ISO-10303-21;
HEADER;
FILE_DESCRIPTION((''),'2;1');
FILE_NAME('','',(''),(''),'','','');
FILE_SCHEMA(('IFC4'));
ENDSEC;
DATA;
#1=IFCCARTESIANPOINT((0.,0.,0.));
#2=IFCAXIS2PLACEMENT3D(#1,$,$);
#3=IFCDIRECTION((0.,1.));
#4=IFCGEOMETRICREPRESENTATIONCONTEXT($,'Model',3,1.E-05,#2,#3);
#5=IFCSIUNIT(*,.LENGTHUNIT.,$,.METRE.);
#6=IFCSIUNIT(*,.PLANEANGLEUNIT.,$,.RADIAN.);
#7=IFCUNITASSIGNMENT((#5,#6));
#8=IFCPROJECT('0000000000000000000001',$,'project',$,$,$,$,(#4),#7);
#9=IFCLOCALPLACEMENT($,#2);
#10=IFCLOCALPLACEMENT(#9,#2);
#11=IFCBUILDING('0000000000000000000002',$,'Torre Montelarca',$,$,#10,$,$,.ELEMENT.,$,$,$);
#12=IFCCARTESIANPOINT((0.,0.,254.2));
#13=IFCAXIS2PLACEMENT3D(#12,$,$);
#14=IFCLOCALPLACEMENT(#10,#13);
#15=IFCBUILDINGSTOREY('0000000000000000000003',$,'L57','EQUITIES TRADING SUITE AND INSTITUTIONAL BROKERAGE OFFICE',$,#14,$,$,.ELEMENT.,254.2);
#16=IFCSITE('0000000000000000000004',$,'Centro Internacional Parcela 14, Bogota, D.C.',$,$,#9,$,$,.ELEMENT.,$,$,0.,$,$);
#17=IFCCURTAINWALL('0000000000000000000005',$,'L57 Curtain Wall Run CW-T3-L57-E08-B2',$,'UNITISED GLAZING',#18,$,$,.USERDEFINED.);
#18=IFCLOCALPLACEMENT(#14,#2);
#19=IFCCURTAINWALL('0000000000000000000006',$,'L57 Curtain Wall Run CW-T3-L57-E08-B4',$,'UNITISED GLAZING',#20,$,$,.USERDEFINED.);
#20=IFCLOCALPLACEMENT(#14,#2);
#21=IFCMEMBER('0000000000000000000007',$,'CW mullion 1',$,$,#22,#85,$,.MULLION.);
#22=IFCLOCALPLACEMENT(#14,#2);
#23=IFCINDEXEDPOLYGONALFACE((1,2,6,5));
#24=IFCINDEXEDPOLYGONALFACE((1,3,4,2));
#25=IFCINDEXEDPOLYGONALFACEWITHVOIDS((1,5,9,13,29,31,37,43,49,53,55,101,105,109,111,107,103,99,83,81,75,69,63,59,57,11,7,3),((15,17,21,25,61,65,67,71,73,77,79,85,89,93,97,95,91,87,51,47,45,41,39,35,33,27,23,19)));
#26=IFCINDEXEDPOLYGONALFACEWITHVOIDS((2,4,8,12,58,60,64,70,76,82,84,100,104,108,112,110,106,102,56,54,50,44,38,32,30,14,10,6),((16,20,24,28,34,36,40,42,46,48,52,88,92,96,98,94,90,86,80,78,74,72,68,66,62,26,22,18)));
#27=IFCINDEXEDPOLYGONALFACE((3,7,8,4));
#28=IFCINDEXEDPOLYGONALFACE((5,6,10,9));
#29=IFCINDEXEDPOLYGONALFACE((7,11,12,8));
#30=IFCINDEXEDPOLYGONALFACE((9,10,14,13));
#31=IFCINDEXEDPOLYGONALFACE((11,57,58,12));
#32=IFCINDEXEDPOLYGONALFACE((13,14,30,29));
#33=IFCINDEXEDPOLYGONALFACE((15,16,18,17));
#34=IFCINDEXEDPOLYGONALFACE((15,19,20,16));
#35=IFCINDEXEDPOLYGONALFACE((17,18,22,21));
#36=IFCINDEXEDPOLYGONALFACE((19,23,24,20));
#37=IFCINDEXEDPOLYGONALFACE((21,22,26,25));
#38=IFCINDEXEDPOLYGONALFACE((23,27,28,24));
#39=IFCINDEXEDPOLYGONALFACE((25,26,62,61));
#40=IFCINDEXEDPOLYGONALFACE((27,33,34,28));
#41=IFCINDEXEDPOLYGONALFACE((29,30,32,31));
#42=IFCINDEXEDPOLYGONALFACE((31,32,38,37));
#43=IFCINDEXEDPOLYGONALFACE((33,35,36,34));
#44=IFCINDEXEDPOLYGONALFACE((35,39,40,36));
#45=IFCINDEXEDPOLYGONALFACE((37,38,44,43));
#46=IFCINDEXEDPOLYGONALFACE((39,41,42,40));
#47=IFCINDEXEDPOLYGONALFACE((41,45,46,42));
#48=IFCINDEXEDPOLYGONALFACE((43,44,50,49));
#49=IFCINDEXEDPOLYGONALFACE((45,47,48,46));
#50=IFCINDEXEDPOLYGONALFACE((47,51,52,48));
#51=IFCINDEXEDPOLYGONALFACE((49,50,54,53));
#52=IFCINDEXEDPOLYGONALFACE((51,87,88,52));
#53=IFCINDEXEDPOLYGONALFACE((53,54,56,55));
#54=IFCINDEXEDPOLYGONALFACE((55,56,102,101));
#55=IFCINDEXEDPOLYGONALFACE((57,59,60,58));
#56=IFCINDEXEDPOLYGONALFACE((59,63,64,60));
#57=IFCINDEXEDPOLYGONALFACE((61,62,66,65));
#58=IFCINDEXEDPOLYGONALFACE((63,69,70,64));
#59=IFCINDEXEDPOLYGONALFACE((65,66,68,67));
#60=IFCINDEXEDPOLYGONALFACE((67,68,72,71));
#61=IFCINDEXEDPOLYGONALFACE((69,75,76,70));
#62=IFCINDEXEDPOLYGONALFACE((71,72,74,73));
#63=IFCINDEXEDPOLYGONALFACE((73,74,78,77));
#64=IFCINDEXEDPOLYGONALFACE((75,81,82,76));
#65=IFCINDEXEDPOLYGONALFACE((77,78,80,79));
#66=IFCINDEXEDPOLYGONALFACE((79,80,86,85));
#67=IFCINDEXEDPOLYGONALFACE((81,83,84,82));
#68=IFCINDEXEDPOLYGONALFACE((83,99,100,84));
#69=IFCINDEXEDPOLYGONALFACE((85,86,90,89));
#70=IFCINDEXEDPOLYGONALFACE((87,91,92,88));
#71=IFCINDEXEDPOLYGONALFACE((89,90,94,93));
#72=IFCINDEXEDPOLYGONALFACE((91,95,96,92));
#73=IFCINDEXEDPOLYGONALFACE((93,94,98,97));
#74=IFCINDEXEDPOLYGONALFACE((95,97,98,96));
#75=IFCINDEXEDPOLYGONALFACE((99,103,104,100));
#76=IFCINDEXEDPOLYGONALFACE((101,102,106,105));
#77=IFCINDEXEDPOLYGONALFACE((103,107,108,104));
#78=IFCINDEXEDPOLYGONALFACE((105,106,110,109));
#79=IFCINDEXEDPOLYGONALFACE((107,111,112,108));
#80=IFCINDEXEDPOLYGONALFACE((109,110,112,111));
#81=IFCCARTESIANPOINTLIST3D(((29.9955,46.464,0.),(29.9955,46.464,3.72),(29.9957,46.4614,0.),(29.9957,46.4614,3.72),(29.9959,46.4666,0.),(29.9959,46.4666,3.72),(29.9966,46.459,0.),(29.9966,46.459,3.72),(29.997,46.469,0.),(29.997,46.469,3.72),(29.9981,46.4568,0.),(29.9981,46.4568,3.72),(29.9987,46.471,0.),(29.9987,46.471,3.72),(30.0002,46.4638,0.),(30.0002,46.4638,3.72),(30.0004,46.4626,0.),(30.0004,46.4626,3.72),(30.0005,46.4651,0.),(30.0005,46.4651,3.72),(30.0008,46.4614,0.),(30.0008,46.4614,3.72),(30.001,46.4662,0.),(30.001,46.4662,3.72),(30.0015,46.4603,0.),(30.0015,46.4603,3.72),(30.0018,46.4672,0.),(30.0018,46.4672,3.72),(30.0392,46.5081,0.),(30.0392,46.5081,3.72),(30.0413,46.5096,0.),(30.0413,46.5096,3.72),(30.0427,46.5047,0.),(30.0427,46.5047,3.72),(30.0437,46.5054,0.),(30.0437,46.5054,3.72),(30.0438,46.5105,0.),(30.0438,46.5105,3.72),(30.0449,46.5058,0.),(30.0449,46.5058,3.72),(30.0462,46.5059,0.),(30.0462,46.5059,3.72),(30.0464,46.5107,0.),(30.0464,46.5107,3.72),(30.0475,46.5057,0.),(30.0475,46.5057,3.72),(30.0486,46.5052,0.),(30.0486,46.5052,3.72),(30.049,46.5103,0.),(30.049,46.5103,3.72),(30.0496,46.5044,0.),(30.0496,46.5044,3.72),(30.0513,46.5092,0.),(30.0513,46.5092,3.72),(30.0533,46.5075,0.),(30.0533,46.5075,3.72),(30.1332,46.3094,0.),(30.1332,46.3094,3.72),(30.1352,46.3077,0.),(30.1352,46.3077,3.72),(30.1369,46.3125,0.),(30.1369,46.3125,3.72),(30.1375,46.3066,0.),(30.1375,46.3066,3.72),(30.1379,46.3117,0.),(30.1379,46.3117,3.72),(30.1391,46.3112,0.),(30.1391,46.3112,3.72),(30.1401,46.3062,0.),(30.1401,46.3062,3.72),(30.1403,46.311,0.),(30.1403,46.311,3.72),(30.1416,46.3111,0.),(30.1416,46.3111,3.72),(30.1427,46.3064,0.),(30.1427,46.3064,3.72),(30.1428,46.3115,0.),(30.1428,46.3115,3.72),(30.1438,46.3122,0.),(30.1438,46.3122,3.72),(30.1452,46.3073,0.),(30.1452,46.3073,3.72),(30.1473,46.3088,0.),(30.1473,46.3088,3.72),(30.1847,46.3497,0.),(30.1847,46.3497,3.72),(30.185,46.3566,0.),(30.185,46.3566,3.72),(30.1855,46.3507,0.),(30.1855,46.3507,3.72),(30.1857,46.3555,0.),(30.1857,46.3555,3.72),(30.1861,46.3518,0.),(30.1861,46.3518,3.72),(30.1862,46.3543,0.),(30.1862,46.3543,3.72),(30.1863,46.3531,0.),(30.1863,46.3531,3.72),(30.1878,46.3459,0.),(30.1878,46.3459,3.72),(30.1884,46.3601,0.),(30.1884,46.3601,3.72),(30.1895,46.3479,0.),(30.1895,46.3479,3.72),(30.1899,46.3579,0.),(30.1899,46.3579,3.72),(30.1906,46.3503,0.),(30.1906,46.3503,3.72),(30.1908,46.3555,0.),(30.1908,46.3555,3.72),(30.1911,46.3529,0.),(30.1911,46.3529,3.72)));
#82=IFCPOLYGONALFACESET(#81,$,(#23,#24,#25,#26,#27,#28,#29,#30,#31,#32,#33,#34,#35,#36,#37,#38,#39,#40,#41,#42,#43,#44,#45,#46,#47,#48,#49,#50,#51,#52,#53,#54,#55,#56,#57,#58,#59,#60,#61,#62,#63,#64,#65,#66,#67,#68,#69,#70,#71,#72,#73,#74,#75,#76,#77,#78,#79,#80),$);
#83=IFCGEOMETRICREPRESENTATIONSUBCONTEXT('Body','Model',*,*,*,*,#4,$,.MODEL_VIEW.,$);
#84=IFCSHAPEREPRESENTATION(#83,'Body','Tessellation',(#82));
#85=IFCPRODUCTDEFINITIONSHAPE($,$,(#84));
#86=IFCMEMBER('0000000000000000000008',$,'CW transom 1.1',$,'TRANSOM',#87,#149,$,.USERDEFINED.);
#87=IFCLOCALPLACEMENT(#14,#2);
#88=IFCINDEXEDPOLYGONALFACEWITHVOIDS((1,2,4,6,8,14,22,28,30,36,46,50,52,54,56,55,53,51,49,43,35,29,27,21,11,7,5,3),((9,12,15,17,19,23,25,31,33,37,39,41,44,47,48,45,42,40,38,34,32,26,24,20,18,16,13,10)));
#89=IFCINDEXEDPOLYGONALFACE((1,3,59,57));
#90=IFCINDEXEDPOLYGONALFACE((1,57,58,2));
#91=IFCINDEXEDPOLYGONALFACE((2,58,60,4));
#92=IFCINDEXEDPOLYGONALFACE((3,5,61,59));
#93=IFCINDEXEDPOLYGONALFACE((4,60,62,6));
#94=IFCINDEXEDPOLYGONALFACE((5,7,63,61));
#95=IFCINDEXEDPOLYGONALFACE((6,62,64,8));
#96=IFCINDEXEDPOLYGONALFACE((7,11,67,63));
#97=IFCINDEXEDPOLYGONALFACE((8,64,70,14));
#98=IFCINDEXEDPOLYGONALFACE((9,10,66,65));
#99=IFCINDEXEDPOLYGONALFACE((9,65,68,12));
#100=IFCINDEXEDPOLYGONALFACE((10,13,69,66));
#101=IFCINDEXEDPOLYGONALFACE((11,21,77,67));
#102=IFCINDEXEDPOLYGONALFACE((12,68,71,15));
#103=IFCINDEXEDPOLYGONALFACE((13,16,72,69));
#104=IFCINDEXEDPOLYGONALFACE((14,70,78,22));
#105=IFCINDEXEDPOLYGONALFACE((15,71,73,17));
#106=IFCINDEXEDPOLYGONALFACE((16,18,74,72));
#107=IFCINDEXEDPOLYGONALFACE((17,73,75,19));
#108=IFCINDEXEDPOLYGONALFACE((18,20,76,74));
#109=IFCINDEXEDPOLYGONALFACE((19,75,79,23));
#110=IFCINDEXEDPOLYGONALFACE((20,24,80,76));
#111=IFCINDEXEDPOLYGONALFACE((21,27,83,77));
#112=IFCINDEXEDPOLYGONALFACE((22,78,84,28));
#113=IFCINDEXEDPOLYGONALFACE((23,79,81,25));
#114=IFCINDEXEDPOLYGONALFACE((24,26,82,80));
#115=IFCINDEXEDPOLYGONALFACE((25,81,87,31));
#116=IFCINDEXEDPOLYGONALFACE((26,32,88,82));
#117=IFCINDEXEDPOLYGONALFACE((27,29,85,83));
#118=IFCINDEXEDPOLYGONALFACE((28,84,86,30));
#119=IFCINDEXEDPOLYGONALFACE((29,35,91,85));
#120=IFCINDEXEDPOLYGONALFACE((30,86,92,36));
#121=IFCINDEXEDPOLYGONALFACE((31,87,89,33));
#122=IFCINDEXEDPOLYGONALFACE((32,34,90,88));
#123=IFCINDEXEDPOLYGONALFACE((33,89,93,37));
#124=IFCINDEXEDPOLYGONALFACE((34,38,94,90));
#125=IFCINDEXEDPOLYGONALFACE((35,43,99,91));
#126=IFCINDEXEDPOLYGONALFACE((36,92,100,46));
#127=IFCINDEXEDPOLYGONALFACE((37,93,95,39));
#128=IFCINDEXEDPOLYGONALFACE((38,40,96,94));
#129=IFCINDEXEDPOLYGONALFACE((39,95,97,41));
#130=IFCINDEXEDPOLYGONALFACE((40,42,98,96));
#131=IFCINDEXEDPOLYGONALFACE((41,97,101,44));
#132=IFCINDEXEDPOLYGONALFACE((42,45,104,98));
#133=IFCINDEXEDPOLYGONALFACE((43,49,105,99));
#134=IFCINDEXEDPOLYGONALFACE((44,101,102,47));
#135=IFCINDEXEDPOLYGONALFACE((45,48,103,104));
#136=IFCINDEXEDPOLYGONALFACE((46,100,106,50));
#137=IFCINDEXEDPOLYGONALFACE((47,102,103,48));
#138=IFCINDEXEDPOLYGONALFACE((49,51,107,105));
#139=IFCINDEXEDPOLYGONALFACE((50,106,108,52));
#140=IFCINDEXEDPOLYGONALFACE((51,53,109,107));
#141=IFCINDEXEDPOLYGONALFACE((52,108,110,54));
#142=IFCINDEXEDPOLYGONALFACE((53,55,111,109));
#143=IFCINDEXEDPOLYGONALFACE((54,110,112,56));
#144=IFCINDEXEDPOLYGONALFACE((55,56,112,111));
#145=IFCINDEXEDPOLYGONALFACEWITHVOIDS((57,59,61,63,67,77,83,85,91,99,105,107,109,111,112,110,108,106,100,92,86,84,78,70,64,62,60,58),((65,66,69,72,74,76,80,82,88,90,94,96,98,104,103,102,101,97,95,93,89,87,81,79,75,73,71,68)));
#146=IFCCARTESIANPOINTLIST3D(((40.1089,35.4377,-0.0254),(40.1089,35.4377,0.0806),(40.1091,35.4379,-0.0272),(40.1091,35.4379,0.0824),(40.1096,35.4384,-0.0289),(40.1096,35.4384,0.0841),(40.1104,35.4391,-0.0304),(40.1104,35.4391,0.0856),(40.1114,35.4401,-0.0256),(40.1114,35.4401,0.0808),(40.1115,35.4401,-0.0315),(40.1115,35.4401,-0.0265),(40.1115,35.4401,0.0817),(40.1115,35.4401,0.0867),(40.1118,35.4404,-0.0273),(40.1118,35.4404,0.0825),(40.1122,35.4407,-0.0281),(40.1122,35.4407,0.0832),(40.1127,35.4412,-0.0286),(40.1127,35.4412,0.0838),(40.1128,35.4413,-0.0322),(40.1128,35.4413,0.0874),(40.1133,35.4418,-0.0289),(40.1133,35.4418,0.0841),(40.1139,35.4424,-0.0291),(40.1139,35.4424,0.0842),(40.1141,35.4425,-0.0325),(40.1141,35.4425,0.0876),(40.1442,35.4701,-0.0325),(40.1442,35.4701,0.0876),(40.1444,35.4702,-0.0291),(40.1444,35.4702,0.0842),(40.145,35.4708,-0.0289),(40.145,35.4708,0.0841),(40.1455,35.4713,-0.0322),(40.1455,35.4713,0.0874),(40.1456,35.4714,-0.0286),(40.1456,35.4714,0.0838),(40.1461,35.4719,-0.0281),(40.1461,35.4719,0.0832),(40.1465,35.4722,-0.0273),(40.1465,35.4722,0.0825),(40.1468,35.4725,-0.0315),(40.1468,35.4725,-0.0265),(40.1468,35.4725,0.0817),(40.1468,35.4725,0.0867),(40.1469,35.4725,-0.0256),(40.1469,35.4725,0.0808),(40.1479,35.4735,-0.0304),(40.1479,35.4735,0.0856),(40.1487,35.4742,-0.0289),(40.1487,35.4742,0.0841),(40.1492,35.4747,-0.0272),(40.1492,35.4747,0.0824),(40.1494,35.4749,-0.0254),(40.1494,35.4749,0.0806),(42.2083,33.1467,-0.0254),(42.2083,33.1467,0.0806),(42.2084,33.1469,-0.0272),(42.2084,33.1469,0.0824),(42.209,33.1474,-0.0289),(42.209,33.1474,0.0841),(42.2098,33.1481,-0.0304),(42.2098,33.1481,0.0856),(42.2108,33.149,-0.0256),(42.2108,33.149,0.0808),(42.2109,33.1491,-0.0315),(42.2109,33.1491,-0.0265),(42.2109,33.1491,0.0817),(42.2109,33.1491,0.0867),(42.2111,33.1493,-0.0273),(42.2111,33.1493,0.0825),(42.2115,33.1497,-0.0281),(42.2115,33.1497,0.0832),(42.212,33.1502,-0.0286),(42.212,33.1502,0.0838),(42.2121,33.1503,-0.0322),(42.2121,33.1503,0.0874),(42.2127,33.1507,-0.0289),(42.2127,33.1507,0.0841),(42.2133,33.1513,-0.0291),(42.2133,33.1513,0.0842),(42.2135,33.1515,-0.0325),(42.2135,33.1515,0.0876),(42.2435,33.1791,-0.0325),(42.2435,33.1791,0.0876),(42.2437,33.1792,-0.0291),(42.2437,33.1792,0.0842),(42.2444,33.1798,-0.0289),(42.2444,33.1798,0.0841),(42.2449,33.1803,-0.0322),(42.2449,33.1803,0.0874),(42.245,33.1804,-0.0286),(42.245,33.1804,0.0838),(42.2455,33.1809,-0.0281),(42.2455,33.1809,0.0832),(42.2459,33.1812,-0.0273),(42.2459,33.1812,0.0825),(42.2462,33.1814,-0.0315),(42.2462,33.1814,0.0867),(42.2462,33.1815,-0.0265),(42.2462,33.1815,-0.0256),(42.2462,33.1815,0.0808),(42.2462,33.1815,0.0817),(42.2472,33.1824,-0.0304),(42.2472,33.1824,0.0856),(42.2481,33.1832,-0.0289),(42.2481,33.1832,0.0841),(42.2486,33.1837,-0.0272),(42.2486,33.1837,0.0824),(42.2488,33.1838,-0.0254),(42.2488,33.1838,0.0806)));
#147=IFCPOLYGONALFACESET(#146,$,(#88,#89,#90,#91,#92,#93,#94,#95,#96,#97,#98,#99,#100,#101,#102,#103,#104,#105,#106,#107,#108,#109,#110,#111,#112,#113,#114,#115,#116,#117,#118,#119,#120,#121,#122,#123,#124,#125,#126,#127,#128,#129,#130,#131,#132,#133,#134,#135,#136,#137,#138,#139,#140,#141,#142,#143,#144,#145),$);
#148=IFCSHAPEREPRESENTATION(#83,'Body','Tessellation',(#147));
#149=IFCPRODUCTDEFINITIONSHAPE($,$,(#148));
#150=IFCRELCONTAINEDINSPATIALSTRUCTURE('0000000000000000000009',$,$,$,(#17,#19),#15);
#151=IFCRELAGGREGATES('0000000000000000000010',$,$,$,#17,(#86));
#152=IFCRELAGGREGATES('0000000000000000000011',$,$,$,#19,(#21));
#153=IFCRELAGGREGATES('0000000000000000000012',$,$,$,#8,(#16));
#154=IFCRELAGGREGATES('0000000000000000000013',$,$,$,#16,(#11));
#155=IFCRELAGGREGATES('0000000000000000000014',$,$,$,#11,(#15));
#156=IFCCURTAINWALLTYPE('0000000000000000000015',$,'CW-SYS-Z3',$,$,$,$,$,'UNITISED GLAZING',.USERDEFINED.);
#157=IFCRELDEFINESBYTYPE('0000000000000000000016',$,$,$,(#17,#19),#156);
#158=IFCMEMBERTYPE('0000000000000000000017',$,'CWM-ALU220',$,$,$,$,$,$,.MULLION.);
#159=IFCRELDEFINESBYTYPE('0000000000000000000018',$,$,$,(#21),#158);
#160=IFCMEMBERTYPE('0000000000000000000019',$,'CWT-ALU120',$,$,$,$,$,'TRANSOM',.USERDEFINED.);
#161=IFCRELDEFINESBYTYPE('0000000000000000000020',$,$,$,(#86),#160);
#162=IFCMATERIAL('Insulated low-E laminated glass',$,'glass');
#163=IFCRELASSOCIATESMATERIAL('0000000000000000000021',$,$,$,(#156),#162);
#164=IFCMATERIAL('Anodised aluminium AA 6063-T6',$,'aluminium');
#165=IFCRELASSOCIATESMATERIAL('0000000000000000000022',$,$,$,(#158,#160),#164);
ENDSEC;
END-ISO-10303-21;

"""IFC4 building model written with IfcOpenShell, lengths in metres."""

from ifc_helpers import new_model, si_unit, direction, frame, origin, origin_2d, place, context, subcontext, project, spatial, hollow_rectangle, extrude, source, transform, mapped, material, material_profile, profile_set, type_object, element, aggregate, save


model = new_model("IFC4")

# Units and contexts
model_context = context("Model", 3, precision=1e-05, world=origin(), true_north=direction((0.0, 1.0)))
body_context = subcontext(model_context, "Body", "Model", "MODEL_VIEW")
ifc_project = project(units=[si_unit("LENGTHUNIT", "METRE"), si_unit("PLANEANGLEUNIT", "RADIAN")], contexts=[model_context])

# Site, building, storey
site_placement = place(None, origin())
site = spatial("IfcSite", under=ifc_project, at=site_placement, Name="Centro Internacional Parcela 14, Bogota, D.C.", CompositionType="ELEMENT", RefElevation=0.0)
building_placement = place(site_placement, origin())
building = spatial("IfcBuilding", under=site, at=building_placement, Name="Torre Montelarca", CompositionType="ELEMENT")
storey_placement = place(building_placement, frame((0.0, 0.0, 254.2)))
storey = spatial("IfcBuildingStorey", under=building, at=storey_placement, Name="L57", Description="EQUITIES TRADING SUITE AND INSTITUTIONAL BROKERAGE OFFICE", CompositionType="ELEMENT", Elevation=254.2)

# Shared definitions
ifc_material_1 = material(Name="Insulated low-E laminated glass", Category="glass")
curtain_wall_type = type_object("IfcCurtainWallType", Name="CW-SYS-Z3", ElementType="UNITISED GLAZING", PredefinedType="USERDEFINED", material=ifc_material_1)
ifc_material_2 = material(Name="Anodised aluminium AA 6063-T6", Category="aluminium")
ifc_material_profile_1 = material_profile(ifc_material_2, hollow_rectangle(XDim=0.075, YDim=0.22, WallThickness=0.0049, InnerFilletRadius=0.0049, OuterFilletRadius=0.01, at=origin_2d()), Name="ALU75X220X5", Category="aluminium")
ifc_profile_set_1 = profile_set([ifc_material_profile_1], Name="Anodised aluminium AA 6063-T6")
member_type_1 = type_object("IfcMemberType", Name="CWM-ALU220", PredefinedType="MULLION", material=ifc_profile_set_1)
shared_shape_1 = source(origin(), body_context, "Body", "SweptSolid", [
    extrude(hollow_rectangle(XDim=0.075, YDim=0.22, WallThickness=0.0049, InnerFilletRadius=0.0049, OuterFilletRadius=0.01, at=origin_2d()), origin(), (0.0, 0.0, 1.0), 3.72),
])

# Curtain wall
curtain_wall_1_placement = place(storey_placement, origin())
curtain_wall_1 = element("IfcCurtainWall", 1, at=curtain_wall_1_placement, inside=storey, type_object=curtain_wall_type, Name="L57 Curtain Wall Run CW-T3-L57-E08-B2", ObjectType="UNITISED GLAZING", PredefinedType="USERDEFINED")

# Curtain wall, member
curtain_wall_2_placement = place(storey_placement, origin())
curtain_wall_2 = element("IfcCurtainWall", 2, at=curtain_wall_2_placement, inside=storey, type_object=curtain_wall_type, Name="L57 Curtain Wall Run CW-T3-L57-E08-B4", ObjectType="UNITISED GLAZING", PredefinedType="USERDEFINED")
member_1_placement = place(storey_placement, frame((30.0933, 46.4084, 0.0), z_axis=(0.0, 0.0, 1.0), x_axis=(-0.73728, -0.675588, 0.0)))
member_1 = element("IfcMember", 3, at=member_1_placement, type_object=member_type_1, Name="CW mullion 1", PredefinedType="MULLION", context=body_context, shape_type="MappedRepresentation", body=[
    mapped(shared_shape_1, transform((0.0, 0.0, 0.0), scale=1.0)),
])

# Member
ifc_material_profile_2 = material_profile(ifc_material_2, hollow_rectangle(XDim=0.0549, YDim=0.1201, WallThickness=0.0034, InnerFilletRadius=0.0034, OuterFilletRadius=0.0071, at=origin_2d()), Name="ALU55X120X3.5", Category="aluminium")
ifc_profile_set_2 = profile_set([ifc_material_profile_2], Name="Anodised aluminium AA 6063-T6")
member_type_2 = type_object("IfcMemberType", Name="CWT-ALU120", ElementType="TRANSOM", PredefinedType="USERDEFINED", material=ifc_profile_set_2)
shared_shape_2 = source(origin(), body_context, "Body", "SweptSolid", [
    extrude(hollow_rectangle(XDim=0.0549, YDim=0.1201, WallThickness=0.0034, InnerFilletRadius=0.0034, OuterFilletRadius=0.0071, at=origin_2d()), origin(), (0.0, 0.0, 1.0), 3.1074),
])
member_2_placement = place(storey_placement, frame((42.2285, 33.1653, 0.0276), z_axis=(-0.675597, 0.737272, 0.0), x_axis=(-0.737272, -0.675597, 0.0)))
member_2 = element("IfcMember", 4, at=member_2_placement, type_object=member_type_2, Name="CW transom 1.1", ObjectType="TRANSOM", PredefinedType="USERDEFINED", context=body_context, shape_type="MappedRepresentation", body=[
    mapped(shared_shape_2, transform((0.0, 0.0, 0.0), scale=1.0)),
])

aggregate(curtain_wall_1, [member_2])
aggregate(curtain_wall_2, [member_1])

save(model, "model.ifc")
